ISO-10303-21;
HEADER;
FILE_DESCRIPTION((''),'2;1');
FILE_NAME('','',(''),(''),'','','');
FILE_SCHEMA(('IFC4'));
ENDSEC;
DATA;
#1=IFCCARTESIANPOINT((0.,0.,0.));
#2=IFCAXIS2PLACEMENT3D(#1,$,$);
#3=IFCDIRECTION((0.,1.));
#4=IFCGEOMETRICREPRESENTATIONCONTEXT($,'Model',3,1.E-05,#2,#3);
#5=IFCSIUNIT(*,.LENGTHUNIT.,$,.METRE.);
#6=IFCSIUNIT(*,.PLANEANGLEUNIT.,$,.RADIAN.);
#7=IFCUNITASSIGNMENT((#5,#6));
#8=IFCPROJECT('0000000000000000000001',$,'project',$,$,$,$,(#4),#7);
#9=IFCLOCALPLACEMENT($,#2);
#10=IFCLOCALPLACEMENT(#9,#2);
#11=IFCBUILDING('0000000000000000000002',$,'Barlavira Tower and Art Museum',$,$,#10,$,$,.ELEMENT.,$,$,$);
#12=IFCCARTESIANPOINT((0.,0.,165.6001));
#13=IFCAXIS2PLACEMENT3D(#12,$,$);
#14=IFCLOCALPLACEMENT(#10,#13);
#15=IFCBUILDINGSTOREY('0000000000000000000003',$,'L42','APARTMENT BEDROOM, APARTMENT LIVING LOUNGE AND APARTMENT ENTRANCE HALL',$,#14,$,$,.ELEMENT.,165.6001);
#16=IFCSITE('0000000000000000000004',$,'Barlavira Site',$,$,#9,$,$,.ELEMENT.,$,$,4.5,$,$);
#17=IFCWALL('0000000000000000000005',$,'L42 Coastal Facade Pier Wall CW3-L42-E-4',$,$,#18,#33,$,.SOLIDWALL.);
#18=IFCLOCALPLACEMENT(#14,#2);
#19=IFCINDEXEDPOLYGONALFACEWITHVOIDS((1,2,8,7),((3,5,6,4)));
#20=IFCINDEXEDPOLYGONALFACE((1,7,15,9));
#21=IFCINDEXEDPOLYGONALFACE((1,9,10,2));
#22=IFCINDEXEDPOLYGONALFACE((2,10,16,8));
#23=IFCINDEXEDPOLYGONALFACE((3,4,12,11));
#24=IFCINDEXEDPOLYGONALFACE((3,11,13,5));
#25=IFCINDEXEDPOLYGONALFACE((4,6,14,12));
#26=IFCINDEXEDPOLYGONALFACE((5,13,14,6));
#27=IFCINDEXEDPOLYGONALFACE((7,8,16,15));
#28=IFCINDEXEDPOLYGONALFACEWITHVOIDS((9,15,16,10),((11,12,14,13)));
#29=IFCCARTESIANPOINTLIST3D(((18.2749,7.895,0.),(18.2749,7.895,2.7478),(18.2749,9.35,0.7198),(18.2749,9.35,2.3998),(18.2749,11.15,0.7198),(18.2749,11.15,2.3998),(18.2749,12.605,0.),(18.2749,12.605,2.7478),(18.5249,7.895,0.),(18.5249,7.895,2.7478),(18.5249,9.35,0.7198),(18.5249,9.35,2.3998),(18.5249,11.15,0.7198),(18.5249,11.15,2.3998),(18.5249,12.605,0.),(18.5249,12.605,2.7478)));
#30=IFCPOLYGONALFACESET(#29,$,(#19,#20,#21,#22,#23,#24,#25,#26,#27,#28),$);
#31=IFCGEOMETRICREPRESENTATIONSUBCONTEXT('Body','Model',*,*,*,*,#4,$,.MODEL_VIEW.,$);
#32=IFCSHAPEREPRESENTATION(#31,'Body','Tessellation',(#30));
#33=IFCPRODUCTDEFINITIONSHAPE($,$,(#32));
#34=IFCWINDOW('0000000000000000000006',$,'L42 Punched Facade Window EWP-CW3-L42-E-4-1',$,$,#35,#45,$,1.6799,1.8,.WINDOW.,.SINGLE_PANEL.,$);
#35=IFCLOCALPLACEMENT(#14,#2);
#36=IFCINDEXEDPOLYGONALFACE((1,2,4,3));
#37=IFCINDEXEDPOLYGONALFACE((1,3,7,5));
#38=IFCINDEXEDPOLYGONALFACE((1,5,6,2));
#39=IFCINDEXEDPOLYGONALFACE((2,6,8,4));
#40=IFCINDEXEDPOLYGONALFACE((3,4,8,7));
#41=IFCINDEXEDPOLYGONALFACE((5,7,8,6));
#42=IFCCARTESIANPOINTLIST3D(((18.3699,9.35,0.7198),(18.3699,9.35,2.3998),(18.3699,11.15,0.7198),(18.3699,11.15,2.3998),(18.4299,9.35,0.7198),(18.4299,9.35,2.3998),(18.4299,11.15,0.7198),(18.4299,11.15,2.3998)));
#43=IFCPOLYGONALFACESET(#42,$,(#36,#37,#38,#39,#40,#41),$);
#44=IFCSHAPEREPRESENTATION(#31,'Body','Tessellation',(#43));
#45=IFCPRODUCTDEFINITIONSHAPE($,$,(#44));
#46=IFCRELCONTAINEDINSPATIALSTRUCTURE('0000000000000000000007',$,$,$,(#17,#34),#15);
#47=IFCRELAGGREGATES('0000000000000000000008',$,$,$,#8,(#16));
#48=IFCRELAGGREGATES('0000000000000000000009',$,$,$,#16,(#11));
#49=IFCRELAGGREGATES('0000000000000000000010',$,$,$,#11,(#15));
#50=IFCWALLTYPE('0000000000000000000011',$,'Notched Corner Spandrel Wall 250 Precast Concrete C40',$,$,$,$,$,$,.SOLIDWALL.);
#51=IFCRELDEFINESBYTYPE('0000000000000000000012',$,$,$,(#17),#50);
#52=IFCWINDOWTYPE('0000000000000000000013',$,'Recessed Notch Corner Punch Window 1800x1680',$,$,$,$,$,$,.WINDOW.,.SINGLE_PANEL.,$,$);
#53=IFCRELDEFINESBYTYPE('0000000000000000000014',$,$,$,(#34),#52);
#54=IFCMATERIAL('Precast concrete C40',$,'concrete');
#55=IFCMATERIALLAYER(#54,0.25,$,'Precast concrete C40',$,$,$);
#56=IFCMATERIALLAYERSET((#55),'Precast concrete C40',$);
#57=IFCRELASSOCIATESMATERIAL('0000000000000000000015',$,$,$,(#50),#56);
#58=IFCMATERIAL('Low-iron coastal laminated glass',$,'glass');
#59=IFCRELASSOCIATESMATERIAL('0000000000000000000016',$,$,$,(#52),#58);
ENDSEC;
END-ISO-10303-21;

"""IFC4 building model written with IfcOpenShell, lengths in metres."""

from ifc_helpers import new_model, si_unit, direction, frame, frame_2d, origin, place, context, subcontext, project, spatial, rectangle, extrude, material, layer, layer_set, type_object, element, fill, save


model = new_model("IFC4")

# Units and contexts
model_context = context("Model", 3, precision=1e-05, world=origin(), true_north=direction((0.0, 1.0)))
body_context = subcontext(model_context, "Body", "Model", "MODEL_VIEW")
ifc_project = project(units=[si_unit("LENGTHUNIT", "METRE"), si_unit("PLANEANGLEUNIT", "RADIAN")], contexts=[model_context])

# Site, building, storey
site_placement = place(None, origin())
site = spatial("IfcSite", under=ifc_project, at=site_placement, Name="Barlavira Site", CompositionType="ELEMENT", RefElevation=4.5)
building_placement = place(site_placement, origin())
building = spatial("IfcBuilding", under=site, at=building_placement, Name="Barlavira Tower and Art Museum", CompositionType="ELEMENT")
storey_placement = place(building_placement, frame((0.0, 0.0, 165.6001)))
storey = spatial("IfcBuildingStorey", under=building, at=storey_placement, Name="L42", Description="APARTMENT BEDROOM, APARTMENT LIVING LOUNGE AND APARTMENT ENTRANCE HALL", CompositionType="ELEMENT", Elevation=165.6001)

# Shared definitions
ifc_material_1 = material(Name="Low-iron coastal laminated glass", Category="glass")

# Wall, opening, window
ifc_material_2 = material(Name="Precast concrete C40", Category="concrete")
ifc_layer_1 = layer(ifc_material_2, 0.25, Name="Precast concrete C40")
ifc_layer_set_1 = layer_set([ifc_layer_1], Name="Precast concrete C40")
wall_type_1 = type_object("IfcWallType", Name="Notched Corner Spandrel Wall 250 Precast Concrete C40", PredefinedType="SOLIDWALL", material=ifc_layer_set_1)
wall_1_placement = place(storey_placement, frame((18.3999, 7.895, 0.0), z_axis=(0.0, 0.0, 1.0), x_axis=(0.0, 1.0, 0.0)))
wall_1 = element("IfcWall", 1, at=wall_1_placement, inside=storey, type_object=wall_type_1, Name="L42 Coastal Facade Pier Wall CW3-L42-E-4", PredefinedType="SOLIDWALL", context=body_context, shape_type="SweptSolid", body=[
    extrude(rectangle(XDim=4.71, YDim=0.25, at=frame_2d((2.355, 0.0))), origin(), (0.0, 0.0, 1.0), 2.7478),
])
opening_1_placement = place(wall_1_placement, frame((1.4551, 0.0, 0.72)))
opening_1 = element("IfcOpeningElement", 2, at=opening_1_placement, cuts=wall_1, PredefinedType="OPENING", context=body_context, shape_type="SweptSolid", body=[
    extrude(rectangle(XDim=1.8, YDim=1.6799, at=frame_2d((0.8999, 0.8398))), frame((0.0, 0.135, 0.0), z_axis=(0.0, -1.0, 0.0), x_axis=(1.0, 0.0, 0.0)), (0.0, 0.0, 1.0), 0.27),
])
window_type = type_object("IfcWindowType", Name="Recessed Notch Corner Punch Window 1800x1680", PartitioningType="SINGLE_PANEL", PredefinedType="WINDOW", material=ifc_material_1)
window_placement = place(opening_1_placement, origin())
window = element("IfcWindow", 3, at=window_placement, inside=storey, type_object=window_type, Name="L42 Punched Facade Window EWP-CW3-L42-E-4-1", OverallHeight=1.6799, OverallWidth=1.8, PartitioningType="SINGLE_PANEL", PredefinedType="WINDOW", context=body_context, shape_type="SweptSolid", body=[
    extrude(rectangle(XDim=1.8, YDim=1.6799, at=frame_2d((0.8999, 0.8398))), frame((0.0, 0.03, 0.0), z_axis=(0.0, -1.0, 0.0), x_axis=(1.0, 0.0, 0.0)), (0.0, 0.0, 1.0), 0.0601),
])
fill(opening_1, window)

save(model, "model.ifc")
